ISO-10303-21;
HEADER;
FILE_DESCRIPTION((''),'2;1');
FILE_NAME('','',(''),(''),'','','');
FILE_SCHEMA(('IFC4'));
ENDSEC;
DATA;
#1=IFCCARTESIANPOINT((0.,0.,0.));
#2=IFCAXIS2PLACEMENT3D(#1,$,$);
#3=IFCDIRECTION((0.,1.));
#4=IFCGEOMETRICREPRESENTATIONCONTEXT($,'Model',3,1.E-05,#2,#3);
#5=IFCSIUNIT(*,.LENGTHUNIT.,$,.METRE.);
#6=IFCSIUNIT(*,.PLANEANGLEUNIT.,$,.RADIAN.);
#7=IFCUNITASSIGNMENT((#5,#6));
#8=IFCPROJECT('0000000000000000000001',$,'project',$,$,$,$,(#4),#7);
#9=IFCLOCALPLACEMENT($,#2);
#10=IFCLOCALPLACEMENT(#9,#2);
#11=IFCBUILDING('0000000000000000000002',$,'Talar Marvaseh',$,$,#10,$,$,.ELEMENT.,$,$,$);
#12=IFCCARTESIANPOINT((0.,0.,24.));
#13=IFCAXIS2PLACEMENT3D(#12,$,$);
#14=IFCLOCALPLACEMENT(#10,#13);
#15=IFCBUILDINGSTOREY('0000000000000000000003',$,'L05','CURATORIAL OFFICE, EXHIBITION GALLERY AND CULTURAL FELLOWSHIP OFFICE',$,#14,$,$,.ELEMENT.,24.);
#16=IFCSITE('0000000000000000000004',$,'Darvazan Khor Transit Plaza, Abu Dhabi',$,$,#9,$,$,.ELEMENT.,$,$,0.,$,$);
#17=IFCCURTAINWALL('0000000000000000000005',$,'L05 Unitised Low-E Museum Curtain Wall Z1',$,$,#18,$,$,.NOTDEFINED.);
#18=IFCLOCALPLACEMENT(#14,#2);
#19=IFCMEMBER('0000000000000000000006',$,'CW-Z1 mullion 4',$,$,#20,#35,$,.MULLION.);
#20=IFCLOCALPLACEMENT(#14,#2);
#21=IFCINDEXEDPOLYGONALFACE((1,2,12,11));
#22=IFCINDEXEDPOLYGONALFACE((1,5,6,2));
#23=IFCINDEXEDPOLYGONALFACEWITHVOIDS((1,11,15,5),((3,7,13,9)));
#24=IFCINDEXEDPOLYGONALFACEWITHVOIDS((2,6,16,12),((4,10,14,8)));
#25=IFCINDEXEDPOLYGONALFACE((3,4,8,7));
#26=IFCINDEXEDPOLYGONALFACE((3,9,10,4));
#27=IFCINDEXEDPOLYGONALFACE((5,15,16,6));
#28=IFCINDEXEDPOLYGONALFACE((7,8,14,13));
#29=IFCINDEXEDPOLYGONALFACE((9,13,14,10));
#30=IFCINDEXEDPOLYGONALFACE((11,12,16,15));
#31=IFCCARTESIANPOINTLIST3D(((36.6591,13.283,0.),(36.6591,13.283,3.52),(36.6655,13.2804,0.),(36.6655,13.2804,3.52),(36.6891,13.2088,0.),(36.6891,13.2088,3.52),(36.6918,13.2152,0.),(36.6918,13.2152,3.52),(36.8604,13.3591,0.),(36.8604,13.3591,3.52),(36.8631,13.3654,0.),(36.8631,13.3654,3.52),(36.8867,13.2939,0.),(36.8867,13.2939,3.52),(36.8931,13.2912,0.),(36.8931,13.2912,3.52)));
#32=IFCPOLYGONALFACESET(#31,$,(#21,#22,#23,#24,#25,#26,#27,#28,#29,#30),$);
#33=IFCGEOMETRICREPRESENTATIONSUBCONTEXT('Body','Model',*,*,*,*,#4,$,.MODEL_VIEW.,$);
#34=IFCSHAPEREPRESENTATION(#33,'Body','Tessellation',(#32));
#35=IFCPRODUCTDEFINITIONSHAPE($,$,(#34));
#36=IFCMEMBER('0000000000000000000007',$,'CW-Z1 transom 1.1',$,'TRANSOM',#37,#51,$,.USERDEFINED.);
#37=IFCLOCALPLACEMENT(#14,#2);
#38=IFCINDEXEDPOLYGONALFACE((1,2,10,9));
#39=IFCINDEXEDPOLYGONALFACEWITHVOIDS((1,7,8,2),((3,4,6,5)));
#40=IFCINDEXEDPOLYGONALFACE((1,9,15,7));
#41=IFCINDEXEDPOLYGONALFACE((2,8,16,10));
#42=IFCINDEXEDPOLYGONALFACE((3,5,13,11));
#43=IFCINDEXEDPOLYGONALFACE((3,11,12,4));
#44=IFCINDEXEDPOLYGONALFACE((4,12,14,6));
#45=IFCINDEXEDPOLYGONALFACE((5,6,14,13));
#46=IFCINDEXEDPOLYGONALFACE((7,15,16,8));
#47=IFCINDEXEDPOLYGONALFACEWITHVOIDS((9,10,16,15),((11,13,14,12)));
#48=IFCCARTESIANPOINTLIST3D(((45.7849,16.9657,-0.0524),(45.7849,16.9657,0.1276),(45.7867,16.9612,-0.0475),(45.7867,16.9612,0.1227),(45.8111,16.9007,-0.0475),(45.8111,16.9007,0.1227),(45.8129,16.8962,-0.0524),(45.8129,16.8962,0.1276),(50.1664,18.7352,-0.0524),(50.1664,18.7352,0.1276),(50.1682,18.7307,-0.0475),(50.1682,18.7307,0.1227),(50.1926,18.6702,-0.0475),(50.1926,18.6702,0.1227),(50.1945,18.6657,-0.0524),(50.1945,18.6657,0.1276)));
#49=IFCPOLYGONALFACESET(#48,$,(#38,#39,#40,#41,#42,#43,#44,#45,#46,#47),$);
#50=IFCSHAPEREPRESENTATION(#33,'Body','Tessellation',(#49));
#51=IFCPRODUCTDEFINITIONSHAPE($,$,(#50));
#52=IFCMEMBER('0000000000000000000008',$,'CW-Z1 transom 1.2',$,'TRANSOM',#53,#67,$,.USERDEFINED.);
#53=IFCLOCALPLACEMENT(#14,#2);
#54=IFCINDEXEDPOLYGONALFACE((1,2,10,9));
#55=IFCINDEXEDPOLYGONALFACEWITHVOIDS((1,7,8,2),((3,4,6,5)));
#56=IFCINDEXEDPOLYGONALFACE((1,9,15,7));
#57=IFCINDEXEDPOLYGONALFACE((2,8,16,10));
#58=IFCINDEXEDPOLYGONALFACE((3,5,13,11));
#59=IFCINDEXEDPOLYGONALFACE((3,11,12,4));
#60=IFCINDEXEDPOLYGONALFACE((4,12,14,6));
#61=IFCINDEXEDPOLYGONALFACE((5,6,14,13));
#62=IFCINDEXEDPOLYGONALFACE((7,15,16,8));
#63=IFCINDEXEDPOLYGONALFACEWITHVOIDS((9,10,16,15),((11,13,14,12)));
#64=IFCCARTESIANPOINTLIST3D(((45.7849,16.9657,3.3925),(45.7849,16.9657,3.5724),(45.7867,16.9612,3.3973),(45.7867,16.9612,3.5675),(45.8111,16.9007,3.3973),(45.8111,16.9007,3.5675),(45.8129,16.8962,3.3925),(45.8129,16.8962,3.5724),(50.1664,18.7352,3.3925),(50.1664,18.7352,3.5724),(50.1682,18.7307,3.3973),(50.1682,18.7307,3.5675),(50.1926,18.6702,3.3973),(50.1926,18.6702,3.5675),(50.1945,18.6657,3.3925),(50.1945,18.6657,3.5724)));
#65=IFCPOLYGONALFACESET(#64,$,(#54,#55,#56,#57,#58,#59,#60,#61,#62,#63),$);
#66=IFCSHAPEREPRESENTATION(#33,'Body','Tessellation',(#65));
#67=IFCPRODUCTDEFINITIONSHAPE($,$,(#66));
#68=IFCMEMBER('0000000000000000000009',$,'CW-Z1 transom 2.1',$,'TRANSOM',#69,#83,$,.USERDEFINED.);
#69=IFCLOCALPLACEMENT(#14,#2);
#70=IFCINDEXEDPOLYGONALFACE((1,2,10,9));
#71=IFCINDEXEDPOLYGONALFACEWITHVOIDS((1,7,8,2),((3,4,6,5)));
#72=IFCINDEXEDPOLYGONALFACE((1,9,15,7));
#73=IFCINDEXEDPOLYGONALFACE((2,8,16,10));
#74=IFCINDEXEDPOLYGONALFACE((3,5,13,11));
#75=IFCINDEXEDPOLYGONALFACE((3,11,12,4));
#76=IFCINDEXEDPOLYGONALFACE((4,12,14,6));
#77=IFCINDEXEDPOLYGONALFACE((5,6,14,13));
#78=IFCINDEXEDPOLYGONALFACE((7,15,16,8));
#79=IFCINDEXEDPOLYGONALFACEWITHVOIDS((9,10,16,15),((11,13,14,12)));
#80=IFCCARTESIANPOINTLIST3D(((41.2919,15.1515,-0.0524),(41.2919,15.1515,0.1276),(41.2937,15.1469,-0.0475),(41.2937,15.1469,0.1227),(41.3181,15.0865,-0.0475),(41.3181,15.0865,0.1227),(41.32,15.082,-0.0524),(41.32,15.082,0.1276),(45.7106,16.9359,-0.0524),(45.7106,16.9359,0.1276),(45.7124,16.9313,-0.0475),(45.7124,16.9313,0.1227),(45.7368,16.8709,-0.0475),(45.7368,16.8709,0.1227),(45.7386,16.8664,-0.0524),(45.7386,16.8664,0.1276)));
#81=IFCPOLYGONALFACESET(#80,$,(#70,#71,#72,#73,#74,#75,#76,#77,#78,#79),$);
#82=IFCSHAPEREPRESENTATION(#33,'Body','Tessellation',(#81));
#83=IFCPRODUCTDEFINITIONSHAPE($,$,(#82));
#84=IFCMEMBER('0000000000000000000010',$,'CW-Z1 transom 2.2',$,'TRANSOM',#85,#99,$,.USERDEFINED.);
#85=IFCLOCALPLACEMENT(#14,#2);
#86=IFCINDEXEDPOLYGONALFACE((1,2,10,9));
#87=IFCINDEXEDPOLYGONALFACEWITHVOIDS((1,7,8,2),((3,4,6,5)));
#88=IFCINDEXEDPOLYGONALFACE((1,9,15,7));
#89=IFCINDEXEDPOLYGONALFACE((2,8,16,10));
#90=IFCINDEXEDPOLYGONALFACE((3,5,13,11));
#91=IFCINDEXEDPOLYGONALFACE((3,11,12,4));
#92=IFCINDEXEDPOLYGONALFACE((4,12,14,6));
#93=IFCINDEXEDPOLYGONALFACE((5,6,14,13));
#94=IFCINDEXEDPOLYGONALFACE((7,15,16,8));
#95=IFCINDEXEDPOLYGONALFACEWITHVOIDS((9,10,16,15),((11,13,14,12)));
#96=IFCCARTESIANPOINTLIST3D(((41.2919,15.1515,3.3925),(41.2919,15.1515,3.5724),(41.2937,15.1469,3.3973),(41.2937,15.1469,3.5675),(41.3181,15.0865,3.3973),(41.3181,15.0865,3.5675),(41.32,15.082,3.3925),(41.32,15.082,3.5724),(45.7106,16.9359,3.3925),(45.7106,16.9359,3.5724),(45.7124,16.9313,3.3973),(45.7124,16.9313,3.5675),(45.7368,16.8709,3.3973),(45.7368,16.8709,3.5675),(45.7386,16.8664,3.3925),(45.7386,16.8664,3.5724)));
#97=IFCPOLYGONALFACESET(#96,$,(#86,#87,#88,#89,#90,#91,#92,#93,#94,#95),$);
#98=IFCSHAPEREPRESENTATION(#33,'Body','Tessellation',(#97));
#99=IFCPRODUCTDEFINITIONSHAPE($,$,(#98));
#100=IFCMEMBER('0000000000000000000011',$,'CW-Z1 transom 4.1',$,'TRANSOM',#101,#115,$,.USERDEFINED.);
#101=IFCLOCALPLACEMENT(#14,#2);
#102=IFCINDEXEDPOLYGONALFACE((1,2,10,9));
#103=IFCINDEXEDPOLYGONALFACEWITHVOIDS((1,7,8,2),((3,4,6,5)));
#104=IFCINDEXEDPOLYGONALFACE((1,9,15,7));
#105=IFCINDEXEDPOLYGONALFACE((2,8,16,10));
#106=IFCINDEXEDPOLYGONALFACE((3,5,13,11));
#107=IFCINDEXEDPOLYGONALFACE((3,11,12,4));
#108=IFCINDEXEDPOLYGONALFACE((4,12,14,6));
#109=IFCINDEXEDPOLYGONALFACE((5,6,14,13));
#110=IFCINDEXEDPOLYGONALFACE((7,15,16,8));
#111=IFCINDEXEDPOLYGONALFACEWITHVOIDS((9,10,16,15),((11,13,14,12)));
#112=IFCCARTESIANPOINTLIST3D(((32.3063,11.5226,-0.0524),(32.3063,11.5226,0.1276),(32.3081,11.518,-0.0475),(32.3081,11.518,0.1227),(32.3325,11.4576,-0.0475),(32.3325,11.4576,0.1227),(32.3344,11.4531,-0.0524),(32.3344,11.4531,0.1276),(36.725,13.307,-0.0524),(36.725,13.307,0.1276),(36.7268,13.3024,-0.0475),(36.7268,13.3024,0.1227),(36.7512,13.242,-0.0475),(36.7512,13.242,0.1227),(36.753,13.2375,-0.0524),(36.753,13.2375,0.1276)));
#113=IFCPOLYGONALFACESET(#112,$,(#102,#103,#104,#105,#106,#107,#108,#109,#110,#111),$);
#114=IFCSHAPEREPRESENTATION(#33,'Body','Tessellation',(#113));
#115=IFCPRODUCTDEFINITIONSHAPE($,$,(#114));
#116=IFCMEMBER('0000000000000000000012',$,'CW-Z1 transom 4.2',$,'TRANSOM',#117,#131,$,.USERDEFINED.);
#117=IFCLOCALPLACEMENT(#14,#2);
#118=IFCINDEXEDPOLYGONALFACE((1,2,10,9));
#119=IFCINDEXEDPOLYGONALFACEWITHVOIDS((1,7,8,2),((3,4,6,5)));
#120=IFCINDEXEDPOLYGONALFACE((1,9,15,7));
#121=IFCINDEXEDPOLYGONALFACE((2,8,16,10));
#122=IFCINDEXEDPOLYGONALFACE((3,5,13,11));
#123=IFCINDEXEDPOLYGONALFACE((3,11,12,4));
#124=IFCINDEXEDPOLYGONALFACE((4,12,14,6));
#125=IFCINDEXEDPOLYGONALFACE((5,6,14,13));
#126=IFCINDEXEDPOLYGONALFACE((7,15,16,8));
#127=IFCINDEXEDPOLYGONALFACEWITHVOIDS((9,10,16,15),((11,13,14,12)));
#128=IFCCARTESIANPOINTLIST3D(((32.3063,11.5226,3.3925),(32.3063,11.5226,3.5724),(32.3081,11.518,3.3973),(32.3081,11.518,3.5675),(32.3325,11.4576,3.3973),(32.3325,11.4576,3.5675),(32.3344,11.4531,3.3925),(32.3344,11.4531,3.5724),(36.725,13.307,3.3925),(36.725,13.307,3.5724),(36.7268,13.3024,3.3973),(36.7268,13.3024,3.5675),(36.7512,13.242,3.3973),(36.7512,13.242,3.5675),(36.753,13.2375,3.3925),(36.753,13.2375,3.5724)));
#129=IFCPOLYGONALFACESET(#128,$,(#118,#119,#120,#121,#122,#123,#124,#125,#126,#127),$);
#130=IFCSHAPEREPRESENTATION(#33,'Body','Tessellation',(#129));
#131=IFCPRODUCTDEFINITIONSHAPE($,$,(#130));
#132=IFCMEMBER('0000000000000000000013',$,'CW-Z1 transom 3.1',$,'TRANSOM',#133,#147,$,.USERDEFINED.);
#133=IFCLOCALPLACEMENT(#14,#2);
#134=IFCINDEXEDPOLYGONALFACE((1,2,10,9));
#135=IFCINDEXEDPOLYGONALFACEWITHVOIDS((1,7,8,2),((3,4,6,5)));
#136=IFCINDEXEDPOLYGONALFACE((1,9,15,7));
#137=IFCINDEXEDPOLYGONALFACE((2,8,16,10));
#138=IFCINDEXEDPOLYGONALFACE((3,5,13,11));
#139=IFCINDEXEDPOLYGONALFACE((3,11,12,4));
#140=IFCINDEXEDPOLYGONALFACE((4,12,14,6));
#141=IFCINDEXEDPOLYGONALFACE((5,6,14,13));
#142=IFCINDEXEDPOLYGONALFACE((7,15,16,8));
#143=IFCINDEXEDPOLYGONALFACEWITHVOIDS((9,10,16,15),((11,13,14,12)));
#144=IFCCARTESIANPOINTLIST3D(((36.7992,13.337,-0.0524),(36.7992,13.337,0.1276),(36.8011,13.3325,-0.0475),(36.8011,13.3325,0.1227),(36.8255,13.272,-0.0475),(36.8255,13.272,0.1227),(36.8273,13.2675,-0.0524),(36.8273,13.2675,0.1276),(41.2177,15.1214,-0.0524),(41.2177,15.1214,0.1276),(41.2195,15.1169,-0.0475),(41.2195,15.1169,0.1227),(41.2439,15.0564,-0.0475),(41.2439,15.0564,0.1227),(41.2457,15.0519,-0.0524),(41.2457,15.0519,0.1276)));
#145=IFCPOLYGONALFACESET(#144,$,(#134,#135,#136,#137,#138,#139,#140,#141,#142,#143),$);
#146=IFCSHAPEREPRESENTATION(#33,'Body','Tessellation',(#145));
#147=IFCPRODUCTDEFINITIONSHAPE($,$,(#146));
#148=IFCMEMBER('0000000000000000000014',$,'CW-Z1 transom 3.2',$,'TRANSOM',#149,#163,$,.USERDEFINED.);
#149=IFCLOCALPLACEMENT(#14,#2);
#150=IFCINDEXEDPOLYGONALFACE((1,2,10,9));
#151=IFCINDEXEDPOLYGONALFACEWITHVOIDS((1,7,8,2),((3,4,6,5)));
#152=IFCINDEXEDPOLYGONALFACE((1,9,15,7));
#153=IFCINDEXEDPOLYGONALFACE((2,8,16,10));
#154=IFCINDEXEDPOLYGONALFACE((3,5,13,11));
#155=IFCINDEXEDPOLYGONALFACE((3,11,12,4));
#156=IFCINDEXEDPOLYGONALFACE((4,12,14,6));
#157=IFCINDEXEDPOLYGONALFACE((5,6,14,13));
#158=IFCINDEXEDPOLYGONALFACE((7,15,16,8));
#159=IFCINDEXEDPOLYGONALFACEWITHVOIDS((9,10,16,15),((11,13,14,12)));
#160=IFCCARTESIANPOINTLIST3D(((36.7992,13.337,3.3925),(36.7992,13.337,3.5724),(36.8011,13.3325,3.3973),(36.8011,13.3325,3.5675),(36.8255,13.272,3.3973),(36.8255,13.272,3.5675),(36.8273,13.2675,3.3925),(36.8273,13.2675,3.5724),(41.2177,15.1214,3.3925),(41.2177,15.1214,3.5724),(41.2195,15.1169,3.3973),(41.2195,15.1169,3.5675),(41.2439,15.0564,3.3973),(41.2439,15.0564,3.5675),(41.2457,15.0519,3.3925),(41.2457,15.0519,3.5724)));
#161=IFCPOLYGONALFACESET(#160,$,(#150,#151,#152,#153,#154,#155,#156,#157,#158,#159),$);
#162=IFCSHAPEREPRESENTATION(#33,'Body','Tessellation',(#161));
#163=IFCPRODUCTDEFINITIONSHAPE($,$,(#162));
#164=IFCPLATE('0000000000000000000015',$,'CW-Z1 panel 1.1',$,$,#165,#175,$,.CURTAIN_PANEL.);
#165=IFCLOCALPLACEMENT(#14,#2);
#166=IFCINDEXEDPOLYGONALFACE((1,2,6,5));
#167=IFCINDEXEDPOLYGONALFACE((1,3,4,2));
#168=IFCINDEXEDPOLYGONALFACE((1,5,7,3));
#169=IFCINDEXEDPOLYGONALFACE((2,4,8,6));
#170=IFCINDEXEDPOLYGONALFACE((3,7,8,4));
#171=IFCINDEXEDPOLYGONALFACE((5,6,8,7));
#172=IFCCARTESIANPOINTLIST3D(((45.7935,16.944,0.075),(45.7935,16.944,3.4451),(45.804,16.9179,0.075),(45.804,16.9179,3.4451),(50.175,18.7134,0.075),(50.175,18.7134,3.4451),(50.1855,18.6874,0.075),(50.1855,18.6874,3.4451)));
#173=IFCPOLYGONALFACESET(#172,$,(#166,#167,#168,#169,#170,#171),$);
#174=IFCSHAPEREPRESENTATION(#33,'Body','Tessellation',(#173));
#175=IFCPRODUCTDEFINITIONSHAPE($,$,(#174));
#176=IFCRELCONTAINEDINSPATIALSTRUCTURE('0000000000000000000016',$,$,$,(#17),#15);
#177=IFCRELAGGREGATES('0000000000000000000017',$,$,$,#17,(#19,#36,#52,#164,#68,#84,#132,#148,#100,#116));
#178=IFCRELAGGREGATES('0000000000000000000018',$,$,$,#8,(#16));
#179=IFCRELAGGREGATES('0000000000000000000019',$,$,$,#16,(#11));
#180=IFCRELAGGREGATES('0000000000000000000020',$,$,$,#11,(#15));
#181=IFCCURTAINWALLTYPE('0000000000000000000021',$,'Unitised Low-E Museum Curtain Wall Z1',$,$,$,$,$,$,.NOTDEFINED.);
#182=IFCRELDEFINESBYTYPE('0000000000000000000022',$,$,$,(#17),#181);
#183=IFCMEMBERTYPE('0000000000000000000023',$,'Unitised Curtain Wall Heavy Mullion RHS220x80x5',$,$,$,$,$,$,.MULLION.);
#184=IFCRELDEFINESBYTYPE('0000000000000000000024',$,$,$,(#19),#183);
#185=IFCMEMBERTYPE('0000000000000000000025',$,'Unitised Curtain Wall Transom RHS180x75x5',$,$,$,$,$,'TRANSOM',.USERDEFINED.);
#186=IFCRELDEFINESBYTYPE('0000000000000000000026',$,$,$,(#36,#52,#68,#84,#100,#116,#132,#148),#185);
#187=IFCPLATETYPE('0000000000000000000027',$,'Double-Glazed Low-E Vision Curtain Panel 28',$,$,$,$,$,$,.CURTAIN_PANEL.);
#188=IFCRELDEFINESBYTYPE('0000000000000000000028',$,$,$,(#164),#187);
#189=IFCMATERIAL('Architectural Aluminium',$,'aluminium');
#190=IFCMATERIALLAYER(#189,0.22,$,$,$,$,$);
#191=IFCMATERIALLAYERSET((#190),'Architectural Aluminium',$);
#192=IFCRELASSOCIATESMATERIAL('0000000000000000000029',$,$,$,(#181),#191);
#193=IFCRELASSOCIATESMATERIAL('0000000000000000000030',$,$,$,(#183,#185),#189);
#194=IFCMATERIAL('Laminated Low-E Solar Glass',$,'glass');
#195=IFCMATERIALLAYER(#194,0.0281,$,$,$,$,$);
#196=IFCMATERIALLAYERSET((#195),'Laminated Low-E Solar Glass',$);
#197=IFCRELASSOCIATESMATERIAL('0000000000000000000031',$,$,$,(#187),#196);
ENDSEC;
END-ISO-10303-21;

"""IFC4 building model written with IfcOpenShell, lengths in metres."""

from ifc_helpers import new_model, si_unit, direction, frame, origin, origin_2d, place, context, subcontext, project, spatial, rectangle, hollow_rectangle, extrude, source, transform, mapped, material, layer, layer_set, material_profile, profile_set, type_object, type_shapes, element, aggregate, save


model = new_model("IFC4")

# Units and contexts
model_context = context("Model", 3, precision=1e-05, world=origin(), true_north=direction((0.0, 1.0)))
body_context = subcontext(model_context, "Body", "Model", "MODEL_VIEW")
ifc_project = project(units=[si_unit("LENGTHUNIT", "METRE"), si_unit("PLANEANGLEUNIT", "RADIAN")], contexts=[model_context])

# Site, building, storey
site_placement = place(None, origin())
site = spatial("IfcSite", under=ifc_project, at=site_placement, Name="Darvazan Khor Transit Plaza, Abu Dhabi", CompositionType="ELEMENT", RefElevation=0.0)
building_placement = place(site_placement, origin())
building = spatial("IfcBuilding", under=site, at=building_placement, Name="Talar Marvaseh", CompositionType="ELEMENT")
storey_placement = place(building_placement, frame((0.0, 0.0, 24.0)))
storey = spatial("IfcBuildingStorey", under=building, at=storey_placement, Name="L05", Description="CURATORIAL OFFICE, EXHIBITION GALLERY AND CULTURAL FELLOWSHIP OFFICE", CompositionType="ELEMENT", Elevation=24.0)

# Shared definitions
ifc_material_1 = material(Name="Architectural Aluminium", Category="aluminium")
ifc_layer_1 = layer(ifc_material_1, 0.22)
ifc_layer_set_1 = layer_set([ifc_layer_1], Name="Architectural Aluminium")
curtain_wall_type = type_object("IfcCurtainWallType", Name="Unitised Low-E Museum Curtain Wall Z1", PredefinedType="NOTDEFINED", material=ifc_layer_set_1)
ifc_material_profile_1 = material_profile(ifc_material_1, hollow_rectangle(XDim=0.0801, YDim=0.22, WallThickness=0.0049, at=origin_2d()), Name="RHS220x80x5")
ifc_profile_set_1 = profile_set([ifc_material_profile_1], Name="Architectural Aluminium")
member_type_1 = type_object("IfcMemberType", Name="Unitised Curtain Wall Heavy Mullion RHS220x80x5", PredefinedType="MULLION", material=ifc_profile_set_1)
shared_shape_1 = source(origin(), body_context, "Body", "SweptSolid", [
    extrude(hollow_rectangle(XDim=0.0801, YDim=0.22, WallThickness=0.0049, at=origin_2d()), origin(), (0.0, 0.0, 1.0), 3.52),
])
type_shapes(member_type_1, [shared_shape_1])

# Curtain wall, members, plate
curtain_wall_1_placement = place(storey_placement, origin())
curtain_wall_1 = element("IfcCurtainWall", 1, at=curtain_wall_1_placement, inside=storey, type_object=curtain_wall_type, Name="L05 Unitised Low-E Museum Curtain Wall Z1", PredefinedType="NOTDEFINED")
member_1_placement = place(storey_placement, frame((36.7761, 13.2871, 0.0), z_axis=(0.0, 0.0, 1.0), x_axis=(0.374463, -0.927242, 0.0)))
member_1 = element("IfcMember", 2, at=member_1_placement, type_object=member_type_1, Name="CW-Z1 mullion 4", PredefinedType="MULLION", context=body_context, shape_type="MappedRepresentation", body=[
    mapped(shared_shape_1, transform((0.0, 0.0, 0.0), x_axis=(1.0, 0.0, 0.0), y_axis=(0.0, 1.0, 0.0), z_axis=(0.0, 0.0, 1.0), scale=1.0)),
])
ifc_material_profile_2 = material_profile(ifc_material_1, hollow_rectangle(XDim=0.075, YDim=0.1799, WallThickness=0.0049, at=origin_2d()), Name="RHS180x75x5")
ifc_profile_set_2 = profile_set([ifc_material_profile_2], Name="Architectural Aluminium")
member_type_2 = type_object("IfcMemberType", Name="Unitised Curtain Wall Transom RHS180x75x5", ElementType="TRANSOM", PredefinedType="USERDEFINED", material=ifc_profile_set_2)
shared_shape_2 = source(origin(), body_context, "Body", "SweptSolid", [
    extrude(hollow_rectangle(XDim=0.075, YDim=0.1799, WallThickness=0.0049, at=origin_2d()), origin(), (0.0, 0.0, 1.0), 4.7253),
])
member_2_placement = place(storey_placement, frame((50.1804, 18.7004, 0.0376), z_axis=(-0.927239, -0.374471, 0.0), x_axis=(0.374471, -0.927239, 0.0)))
member_2 = element("IfcMember", 3, at=member_2_placement, type_object=member_type_2, Name="CW-Z1 transom 1.1", ObjectType="TRANSOM", PredefinedType="USERDEFINED", context=body_context, shape_type="MappedRepresentation", body=[
    mapped(shared_shape_2, transform((0.0, 0.0, 0.0), x_axis=(1.0, 0.0, 0.0), y_axis=(0.0, 1.0, 0.0), z_axis=(0.0, 0.0, 1.0), scale=1.0)),
])
member_3_placement = place(storey_placement, frame((50.1804, 18.7004, 3.4824), z_axis=(-0.927239, -0.374471, 0.0), x_axis=(0.374471, -0.927239, 0.0)))
member_3 = element("IfcMember", 4, at=member_3_placement, type_object=member_type_2, Name="CW-Z1 transom 1.2", ObjectType="TRANSOM", PredefinedType="USERDEFINED", context=body_context, shape_type="MappedRepresentation", body=[
    mapped(shared_shape_2, transform((0.0, 0.0, 0.0), x_axis=(1.0, 0.0, 0.0), y_axis=(0.0, 1.0, 0.0), z_axis=(0.0, 0.0, 1.0), scale=1.0)),
])
shared_shape_3 = source(origin(), body_context, "Body", "SweptSolid", [
    extrude(hollow_rectangle(XDim=0.075, YDim=0.1799, WallThickness=0.0049, at=origin_2d()), origin(), (0.0, 0.0, 1.0), 4.7654),
])
member_4_placement = place(storey_placement, frame((45.7246, 16.9011, 0.0376), z_axis=(-0.927246, -0.374454, 0.0), x_axis=(0.374454, -0.927246, 0.0)))
member_4 = element("IfcMember", 5, at=member_4_placement, type_object=member_type_2, Name="CW-Z1 transom 2.1", ObjectType="TRANSOM", PredefinedType="USERDEFINED", context=body_context, shape_type="MappedRepresentation", body=[
    mapped(shared_shape_3, transform((0.0, 0.0, 0.0), x_axis=(1.0, 0.0, 0.0), y_axis=(0.0, 1.0, 0.0), z_axis=(0.0, 0.0, 1.0), scale=1.0)),
])
member_5_placement = place(storey_placement, frame((45.7246, 16.9011, 3.4824), z_axis=(-0.927246, -0.374454, 0.0), x_axis=(0.374454, -0.927246, 0.0)))
member_5 = element("IfcMember", 6, at=member_5_placement, type_object=member_type_2, Name="CW-Z1 transom 2.2", ObjectType="TRANSOM", PredefinedType="USERDEFINED", context=body_context, shape_type="MappedRepresentation", body=[
    mapped(shared_shape_3, transform((0.0, 0.0, 0.0), x_axis=(1.0, 0.0, 0.0), y_axis=(0.0, 1.0, 0.0), z_axis=(0.0, 0.0, 1.0), scale=1.0)),
])
member_6_placement = place(storey_placement, frame((36.739, 13.2722, 0.0376), z_axis=(-0.927246, -0.374454, 0.0), x_axis=(0.374454, -0.927246, 0.0)))
member_6 = element("IfcMember", 7, at=member_6_placement, type_object=member_type_2, Name="CW-Z1 transom 4.1", ObjectType="TRANSOM", PredefinedType="USERDEFINED", context=body_context, shape_type="MappedRepresentation", body=[
    mapped(shared_shape_3, transform((0.0, 0.0, 0.0), x_axis=(1.0, 0.0, 0.0), y_axis=(0.0, 1.0, 0.0), z_axis=(0.0, 0.0, 1.0), scale=1.0)),
])
member_7_placement = place(storey_placement, frame((36.739, 13.2722, 3.4824), z_axis=(-0.927246, -0.374454, 0.0), x_axis=(0.374454, -0.927246, 0.0)))
member_7 = element("IfcMember", 8, at=member_7_placement, type_object=member_type_2, Name="CW-Z1 transom 4.2", ObjectType="TRANSOM", PredefinedType="USERDEFINED", context=body_context, shape_type="MappedRepresentation", body=[
    mapped(shared_shape_3, transform((0.0, 0.0, 0.0), x_axis=(1.0, 0.0, 0.0), y_axis=(0.0, 1.0, 0.0), z_axis=(0.0, 0.0, 1.0), scale=1.0)),
])
shared_shape_4 = source(origin(), body_context, "Body", "SweptSolid", [
    extrude(hollow_rectangle(XDim=0.075, YDim=0.1799, WallThickness=0.0049, at=origin_2d()), origin(), (0.0, 0.0, 1.0), 4.7651),
])
type_shapes(member_type_2, [shared_shape_2, shared_shape_3, shared_shape_4])
member_8_placement = place(storey_placement, frame((41.2317, 15.0867, 0.0376), z_axis=(-0.927238, -0.374472, 0.0), x_axis=(0.374472, -0.927238, 0.0)))
member_8 = element("IfcMember", 9, at=member_8_placement, type_object=member_type_2, Name="CW-Z1 transom 3.1", ObjectType="TRANSOM", PredefinedType="USERDEFINED", context=body_context, shape_type="MappedRepresentation", body=[
    mapped(shared_shape_4, transform((0.0, 0.0, 0.0), x_axis=(1.0, 0.0, 0.0), y_axis=(0.0, 1.0, 0.0), z_axis=(0.0, 0.0, 1.0), scale=1.0)),
])
member_9_placement = place(storey_placement, frame((41.2317, 15.0867, 3.4824), z_axis=(-0.927238, -0.374472, 0.0), x_axis=(0.374472, -0.927238, 0.0)))
member_9 = element("IfcMember", 10, at=member_9_placement, type_object=member_type_2, Name="CW-Z1 transom 3.2", ObjectType="TRANSOM", PredefinedType="USERDEFINED", context=body_context, shape_type="MappedRepresentation", body=[
    mapped(shared_shape_4, transform((0.0, 0.0, 0.0), x_axis=(1.0, 0.0, 0.0), y_axis=(0.0, 1.0, 0.0), z_axis=(0.0, 0.0, 1.0), scale=1.0)),
])
ifc_material_2 = material(Name="Laminated Low-E Solar Glass", Category="glass")
ifc_layer_2 = layer(ifc_material_2, 0.0281)
ifc_layer_set_2 = layer_set([ifc_layer_2], Name="Laminated Low-E Solar Glass")
plate_type = type_object("IfcPlateType", Name="Double-Glazed Low-E Vision Curtain Panel 28", PredefinedType="CURTAIN_PANEL", material=ifc_layer_set_2)
shared_shape_5 = source(origin(), body_context, "Body", "SweptSolid", [
    extrude(rectangle(XDim=4.7253, YDim=0.0281, at=origin_2d()), origin(), (0.0, 0.0, 1.0), 3.3701),
])
plate_1_placement = place(storey_placement, frame((47.9895, 17.8157, 0.075), z_axis=(0.0, 0.0, 1.0), x_axis=(-0.927242, -0.374463, 0.0)))
plate_1 = element("IfcPlate", 11, at=plate_1_placement, type_object=plate_type, Name="CW-Z1 panel 1.1", PredefinedType="CURTAIN_PANEL", context=body_context, shape_type="MappedRepresentation", body=[
    mapped(shared_shape_5, transform((0.0, 0.0, 0.0), x_axis=(1.0, 0.0, 0.0), y_axis=(0.0, 1.0, 0.0), z_axis=(0.0, 0.0, 1.0), scale=1.0)),
])
aggregate(curtain_wall_1, [member_1, member_2, member_3, plate_1, member_4, member_5, member_8, member_9, member_6, member_7])

save(model, "model.ifc")
